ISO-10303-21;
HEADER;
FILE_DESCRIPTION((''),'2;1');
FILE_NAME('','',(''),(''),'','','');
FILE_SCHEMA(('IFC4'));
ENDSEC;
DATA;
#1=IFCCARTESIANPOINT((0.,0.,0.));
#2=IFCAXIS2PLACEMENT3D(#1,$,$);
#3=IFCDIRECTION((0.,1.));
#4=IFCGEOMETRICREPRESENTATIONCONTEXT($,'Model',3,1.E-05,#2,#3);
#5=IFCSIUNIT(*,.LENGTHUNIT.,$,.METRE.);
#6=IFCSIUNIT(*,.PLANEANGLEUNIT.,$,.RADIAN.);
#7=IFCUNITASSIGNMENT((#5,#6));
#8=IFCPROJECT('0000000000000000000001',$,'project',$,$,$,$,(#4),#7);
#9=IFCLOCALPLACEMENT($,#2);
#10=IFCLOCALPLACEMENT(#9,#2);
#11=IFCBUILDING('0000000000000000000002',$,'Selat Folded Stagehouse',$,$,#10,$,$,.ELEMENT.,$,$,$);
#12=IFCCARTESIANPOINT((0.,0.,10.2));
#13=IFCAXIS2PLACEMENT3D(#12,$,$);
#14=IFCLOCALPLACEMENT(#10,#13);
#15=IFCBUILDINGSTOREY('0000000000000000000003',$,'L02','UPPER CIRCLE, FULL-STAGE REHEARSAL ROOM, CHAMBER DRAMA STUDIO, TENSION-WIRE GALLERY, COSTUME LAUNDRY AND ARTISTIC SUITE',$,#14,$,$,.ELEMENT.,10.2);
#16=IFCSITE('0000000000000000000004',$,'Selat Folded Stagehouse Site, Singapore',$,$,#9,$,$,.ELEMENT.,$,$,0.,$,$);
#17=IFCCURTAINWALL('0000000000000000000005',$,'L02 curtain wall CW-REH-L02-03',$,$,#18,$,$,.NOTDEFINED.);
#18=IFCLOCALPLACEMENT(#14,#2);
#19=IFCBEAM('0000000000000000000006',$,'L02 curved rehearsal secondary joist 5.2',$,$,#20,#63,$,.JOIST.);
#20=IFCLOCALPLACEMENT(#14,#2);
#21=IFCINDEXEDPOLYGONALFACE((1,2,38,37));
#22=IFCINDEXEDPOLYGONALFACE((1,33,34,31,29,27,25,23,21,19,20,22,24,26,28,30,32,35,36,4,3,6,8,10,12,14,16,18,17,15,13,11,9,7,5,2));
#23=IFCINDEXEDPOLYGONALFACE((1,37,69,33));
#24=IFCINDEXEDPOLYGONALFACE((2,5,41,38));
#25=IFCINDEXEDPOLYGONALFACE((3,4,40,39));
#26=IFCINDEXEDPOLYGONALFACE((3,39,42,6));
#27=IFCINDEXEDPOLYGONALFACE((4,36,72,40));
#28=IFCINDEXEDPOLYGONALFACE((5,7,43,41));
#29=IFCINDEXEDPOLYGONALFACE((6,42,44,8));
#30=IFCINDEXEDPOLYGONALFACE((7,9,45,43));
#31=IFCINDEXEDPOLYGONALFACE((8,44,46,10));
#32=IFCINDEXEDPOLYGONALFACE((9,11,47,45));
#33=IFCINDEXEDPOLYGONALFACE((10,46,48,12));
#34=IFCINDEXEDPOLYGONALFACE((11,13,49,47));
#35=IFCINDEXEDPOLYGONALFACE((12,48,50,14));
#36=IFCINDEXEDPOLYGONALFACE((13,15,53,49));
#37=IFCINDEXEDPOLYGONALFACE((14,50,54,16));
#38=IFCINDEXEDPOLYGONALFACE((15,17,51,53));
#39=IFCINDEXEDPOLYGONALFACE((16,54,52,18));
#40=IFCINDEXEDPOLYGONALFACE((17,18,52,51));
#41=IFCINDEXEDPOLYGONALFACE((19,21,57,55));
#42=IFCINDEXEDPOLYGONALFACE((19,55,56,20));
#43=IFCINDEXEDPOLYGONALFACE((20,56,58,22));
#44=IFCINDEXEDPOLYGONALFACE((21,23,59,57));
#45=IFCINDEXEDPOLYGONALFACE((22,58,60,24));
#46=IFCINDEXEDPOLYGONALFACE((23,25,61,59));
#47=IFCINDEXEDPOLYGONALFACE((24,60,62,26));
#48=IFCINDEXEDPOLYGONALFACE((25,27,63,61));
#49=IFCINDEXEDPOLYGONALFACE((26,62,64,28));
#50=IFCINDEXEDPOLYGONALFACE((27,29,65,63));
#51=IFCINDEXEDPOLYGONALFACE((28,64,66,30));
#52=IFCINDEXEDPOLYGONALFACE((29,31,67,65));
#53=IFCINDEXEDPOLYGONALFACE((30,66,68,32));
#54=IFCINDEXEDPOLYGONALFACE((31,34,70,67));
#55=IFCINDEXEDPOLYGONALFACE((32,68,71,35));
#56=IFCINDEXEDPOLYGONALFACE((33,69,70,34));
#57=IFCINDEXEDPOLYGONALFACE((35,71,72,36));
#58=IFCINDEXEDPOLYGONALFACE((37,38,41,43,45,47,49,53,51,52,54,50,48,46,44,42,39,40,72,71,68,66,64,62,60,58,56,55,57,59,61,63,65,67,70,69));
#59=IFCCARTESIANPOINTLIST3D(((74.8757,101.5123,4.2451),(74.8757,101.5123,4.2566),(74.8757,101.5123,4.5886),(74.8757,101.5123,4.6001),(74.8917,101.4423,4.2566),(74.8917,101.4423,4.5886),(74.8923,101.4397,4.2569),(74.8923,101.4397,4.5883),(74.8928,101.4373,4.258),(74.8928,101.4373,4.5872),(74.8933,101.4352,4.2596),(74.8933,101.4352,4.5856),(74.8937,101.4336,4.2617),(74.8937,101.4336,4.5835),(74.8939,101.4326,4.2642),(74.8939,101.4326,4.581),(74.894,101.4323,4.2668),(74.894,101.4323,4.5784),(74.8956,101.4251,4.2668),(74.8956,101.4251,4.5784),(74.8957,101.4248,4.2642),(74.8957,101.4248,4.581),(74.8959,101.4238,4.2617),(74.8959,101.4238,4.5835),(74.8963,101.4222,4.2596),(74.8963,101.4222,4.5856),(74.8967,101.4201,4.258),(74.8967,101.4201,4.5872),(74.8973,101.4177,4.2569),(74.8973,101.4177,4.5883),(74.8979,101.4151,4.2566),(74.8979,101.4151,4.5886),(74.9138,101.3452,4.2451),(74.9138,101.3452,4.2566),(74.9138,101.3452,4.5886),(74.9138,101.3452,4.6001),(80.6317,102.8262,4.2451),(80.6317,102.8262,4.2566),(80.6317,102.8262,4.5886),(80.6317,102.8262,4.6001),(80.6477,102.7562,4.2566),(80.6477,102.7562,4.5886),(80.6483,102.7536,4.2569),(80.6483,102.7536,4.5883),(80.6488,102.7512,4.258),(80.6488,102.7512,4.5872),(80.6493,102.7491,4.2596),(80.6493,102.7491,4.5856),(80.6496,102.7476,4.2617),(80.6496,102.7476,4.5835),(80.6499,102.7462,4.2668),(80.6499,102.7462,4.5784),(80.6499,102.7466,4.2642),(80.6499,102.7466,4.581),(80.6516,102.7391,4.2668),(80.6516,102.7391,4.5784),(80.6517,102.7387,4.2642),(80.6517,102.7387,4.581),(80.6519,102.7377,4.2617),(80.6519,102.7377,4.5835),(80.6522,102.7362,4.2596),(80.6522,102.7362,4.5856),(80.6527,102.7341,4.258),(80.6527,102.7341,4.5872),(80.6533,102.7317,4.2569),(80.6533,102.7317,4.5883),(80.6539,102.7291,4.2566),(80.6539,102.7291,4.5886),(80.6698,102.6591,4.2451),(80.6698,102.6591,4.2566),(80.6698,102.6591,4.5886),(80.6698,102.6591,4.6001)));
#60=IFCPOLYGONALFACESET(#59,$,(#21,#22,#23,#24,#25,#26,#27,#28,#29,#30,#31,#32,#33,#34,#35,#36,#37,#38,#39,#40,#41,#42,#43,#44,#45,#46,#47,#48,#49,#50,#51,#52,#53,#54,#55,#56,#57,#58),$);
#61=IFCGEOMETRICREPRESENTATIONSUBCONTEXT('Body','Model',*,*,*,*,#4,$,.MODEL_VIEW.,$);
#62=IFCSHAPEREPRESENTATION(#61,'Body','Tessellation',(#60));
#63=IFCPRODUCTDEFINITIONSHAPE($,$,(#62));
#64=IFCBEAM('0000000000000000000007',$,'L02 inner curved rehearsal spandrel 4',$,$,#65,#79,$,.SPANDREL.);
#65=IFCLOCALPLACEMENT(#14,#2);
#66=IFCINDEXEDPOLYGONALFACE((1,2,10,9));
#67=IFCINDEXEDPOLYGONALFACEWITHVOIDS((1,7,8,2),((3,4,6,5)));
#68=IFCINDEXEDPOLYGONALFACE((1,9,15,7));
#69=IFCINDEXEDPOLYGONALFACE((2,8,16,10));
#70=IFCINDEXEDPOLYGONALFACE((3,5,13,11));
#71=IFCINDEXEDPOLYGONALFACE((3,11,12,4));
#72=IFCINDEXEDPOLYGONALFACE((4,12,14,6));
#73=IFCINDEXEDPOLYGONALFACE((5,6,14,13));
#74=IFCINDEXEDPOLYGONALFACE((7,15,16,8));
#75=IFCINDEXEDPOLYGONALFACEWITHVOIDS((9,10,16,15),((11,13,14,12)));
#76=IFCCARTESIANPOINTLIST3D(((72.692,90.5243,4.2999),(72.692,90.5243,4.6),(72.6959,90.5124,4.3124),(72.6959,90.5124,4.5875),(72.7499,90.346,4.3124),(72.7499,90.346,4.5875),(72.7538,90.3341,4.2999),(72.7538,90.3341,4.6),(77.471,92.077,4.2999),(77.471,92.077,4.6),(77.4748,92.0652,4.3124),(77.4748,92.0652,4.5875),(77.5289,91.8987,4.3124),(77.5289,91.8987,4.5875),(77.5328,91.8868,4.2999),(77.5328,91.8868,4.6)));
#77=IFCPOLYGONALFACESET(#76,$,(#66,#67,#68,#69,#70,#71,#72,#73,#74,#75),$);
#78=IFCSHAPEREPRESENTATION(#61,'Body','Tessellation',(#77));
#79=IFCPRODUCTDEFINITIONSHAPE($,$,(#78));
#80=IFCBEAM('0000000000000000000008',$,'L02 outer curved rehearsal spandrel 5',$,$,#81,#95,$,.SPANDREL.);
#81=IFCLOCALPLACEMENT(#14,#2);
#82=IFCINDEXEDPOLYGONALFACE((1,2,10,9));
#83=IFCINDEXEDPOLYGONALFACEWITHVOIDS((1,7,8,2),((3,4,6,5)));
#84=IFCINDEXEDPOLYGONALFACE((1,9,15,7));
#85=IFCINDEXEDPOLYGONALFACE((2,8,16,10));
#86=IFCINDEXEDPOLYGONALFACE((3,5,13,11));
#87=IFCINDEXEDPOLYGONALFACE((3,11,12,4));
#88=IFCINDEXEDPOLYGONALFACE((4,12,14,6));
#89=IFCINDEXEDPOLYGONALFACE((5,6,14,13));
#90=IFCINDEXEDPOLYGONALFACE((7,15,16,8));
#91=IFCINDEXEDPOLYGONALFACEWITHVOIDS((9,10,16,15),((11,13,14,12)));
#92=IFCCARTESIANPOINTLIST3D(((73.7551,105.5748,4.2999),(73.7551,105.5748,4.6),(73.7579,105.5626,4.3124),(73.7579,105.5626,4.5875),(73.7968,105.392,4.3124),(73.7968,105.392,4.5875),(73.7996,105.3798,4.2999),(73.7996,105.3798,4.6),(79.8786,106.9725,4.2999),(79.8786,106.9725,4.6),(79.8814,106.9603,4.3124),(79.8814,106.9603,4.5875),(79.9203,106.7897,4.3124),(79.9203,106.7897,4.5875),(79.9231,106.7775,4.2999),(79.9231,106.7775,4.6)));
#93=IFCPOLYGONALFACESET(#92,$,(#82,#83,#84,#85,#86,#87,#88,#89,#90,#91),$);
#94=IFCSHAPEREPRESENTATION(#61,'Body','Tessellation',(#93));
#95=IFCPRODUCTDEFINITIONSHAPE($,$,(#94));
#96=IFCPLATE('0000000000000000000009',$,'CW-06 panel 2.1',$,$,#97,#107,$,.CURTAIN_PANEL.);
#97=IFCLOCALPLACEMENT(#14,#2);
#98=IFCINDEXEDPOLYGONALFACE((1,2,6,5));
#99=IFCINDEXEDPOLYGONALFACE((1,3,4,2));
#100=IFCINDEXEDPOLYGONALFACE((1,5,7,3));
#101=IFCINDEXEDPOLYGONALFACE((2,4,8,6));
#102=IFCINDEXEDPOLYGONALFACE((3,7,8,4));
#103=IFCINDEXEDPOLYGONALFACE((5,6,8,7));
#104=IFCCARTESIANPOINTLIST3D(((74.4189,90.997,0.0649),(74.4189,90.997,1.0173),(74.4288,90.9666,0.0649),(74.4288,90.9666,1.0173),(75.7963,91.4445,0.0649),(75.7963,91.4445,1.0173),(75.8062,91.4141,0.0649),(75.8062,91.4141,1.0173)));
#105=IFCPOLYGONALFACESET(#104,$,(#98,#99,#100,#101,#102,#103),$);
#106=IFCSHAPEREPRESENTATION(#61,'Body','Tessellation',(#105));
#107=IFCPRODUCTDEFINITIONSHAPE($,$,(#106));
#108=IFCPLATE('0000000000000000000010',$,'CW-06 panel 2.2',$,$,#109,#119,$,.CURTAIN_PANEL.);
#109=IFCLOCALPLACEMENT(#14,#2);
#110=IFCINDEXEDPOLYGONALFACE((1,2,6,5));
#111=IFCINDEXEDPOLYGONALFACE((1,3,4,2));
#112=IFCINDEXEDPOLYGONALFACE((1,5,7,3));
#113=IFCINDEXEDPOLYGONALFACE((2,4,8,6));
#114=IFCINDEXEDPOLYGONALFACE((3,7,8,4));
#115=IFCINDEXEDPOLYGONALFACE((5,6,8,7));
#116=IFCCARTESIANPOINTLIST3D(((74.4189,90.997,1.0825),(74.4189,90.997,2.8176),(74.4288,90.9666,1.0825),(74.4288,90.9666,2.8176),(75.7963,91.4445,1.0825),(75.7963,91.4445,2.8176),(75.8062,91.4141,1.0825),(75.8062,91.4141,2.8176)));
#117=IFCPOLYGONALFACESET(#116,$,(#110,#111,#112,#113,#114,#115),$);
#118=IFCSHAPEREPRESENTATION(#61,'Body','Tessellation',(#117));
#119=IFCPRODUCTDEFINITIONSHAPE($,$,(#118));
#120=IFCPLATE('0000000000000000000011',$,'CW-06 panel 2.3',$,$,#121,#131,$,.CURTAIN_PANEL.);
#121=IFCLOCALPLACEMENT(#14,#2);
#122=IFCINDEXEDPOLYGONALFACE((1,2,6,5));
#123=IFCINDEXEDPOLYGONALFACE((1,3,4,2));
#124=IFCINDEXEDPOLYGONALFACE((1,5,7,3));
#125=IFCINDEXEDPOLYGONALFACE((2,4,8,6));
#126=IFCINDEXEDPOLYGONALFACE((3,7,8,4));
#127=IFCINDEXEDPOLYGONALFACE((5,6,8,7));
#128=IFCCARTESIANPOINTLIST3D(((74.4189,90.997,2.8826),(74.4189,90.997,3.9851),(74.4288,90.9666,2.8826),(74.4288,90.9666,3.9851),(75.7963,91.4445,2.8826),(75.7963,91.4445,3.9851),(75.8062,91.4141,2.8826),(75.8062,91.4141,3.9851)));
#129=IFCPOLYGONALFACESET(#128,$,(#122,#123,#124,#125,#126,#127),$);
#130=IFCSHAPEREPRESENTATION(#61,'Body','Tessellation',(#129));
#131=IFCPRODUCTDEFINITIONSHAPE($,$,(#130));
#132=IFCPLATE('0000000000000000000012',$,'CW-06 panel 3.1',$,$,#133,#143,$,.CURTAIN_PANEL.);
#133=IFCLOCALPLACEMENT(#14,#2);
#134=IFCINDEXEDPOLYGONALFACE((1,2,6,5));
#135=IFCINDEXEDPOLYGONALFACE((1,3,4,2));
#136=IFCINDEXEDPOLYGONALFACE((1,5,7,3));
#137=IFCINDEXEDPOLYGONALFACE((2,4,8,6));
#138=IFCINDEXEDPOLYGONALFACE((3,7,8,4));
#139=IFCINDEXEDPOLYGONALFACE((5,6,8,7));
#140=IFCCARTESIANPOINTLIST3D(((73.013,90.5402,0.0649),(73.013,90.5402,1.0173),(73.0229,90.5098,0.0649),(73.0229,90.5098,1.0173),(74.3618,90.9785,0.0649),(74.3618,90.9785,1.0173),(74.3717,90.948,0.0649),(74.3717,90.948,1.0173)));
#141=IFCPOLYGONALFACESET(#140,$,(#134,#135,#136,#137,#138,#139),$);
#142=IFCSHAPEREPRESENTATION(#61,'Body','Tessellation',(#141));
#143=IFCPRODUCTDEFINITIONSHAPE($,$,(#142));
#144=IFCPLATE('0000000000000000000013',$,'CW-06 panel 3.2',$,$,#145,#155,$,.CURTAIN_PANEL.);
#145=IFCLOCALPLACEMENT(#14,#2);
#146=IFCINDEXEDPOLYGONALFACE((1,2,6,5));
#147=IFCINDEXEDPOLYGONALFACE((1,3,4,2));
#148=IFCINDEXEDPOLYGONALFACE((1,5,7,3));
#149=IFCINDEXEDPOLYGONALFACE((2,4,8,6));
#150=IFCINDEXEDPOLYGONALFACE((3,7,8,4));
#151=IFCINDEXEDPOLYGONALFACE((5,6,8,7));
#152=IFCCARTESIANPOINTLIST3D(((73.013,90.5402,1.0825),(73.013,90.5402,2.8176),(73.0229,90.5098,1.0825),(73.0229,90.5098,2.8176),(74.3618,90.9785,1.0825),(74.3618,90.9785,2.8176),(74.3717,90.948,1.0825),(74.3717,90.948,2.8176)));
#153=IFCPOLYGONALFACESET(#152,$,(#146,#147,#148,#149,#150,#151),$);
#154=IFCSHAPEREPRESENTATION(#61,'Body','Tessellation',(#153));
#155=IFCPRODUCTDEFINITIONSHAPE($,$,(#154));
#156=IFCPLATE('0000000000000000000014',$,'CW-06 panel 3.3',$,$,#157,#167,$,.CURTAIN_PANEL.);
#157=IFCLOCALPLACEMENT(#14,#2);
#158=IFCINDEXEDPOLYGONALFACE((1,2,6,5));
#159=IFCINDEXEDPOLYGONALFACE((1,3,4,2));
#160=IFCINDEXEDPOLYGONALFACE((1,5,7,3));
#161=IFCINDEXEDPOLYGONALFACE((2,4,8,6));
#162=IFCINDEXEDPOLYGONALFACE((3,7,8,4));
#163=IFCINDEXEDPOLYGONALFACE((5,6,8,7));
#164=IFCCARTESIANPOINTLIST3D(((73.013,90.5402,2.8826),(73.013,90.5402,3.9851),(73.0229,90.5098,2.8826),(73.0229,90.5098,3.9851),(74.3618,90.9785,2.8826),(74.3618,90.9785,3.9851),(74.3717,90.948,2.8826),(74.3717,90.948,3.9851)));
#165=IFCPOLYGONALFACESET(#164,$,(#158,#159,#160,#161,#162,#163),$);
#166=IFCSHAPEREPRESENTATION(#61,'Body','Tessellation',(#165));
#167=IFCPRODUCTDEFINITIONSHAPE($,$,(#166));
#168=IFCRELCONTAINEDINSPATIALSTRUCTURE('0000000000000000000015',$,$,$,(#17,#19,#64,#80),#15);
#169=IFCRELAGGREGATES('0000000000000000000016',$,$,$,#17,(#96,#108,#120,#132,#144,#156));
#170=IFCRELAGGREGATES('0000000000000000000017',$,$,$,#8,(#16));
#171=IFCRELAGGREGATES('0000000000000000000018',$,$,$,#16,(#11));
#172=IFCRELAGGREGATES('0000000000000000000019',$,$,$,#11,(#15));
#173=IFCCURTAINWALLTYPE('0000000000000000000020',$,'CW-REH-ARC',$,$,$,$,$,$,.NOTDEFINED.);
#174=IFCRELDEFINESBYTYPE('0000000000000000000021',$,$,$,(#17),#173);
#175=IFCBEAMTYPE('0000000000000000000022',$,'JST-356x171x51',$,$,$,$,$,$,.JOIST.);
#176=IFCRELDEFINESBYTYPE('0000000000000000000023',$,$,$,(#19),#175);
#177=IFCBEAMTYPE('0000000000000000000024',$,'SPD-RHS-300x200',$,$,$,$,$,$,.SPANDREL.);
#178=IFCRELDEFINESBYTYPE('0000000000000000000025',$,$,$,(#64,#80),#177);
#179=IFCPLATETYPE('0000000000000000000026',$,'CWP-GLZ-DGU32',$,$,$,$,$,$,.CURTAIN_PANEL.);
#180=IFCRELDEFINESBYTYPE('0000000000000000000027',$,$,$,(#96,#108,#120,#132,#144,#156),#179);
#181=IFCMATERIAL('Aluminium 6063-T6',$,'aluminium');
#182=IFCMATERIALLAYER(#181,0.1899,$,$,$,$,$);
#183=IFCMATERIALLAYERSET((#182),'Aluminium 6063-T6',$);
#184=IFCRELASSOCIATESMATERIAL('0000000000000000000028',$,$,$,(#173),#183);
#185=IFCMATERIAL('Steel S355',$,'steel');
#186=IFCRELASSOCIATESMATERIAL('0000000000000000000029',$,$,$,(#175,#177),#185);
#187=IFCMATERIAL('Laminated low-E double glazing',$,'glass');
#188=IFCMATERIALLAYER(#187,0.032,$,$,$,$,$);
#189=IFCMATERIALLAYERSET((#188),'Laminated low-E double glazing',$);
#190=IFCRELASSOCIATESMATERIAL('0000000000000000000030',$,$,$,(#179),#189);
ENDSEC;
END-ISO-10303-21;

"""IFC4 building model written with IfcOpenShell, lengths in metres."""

from ifc_helpers import new_model, si_unit, direction, frame, origin, origin_2d, place, context, subcontext, project, spatial, rectangle, hollow_rectangle, i_section, extrude, material, layer, layer_set, material_profile, profile_set, type_object, element, aggregate, save


model = new_model("IFC4")

# Units and contexts
model_context = context("Model", 3, precision=1e-05, world=origin(), true_north=direction((0.0, 1.0)))
body_context = subcontext(model_context, "Body", "Model", "MODEL_VIEW")
ifc_project = project(units=[si_unit("LENGTHUNIT", "METRE"), si_unit("PLANEANGLEUNIT", "RADIAN")], contexts=[model_context])

# Site, building, storey
site_placement = place(None, origin())
site = spatial("IfcSite", under=ifc_project, at=site_placement, Name="Selat Folded Stagehouse Site, Singapore", CompositionType="ELEMENT", RefElevation=0.0)
building_placement = place(site_placement, origin())
building = spatial("IfcBuilding", under=site, at=building_placement, Name="Selat Folded Stagehouse", CompositionType="ELEMENT")
storey_placement = place(building_placement, frame((0.0, 0.0, 10.2)))
storey = spatial("IfcBuildingStorey", under=building, at=storey_placement, Name="L02", Description="UPPER CIRCLE, FULL-STAGE REHEARSAL ROOM, CHAMBER DRAMA STUDIO, TENSION-WIRE GALLERY, COSTUME LAUNDRY AND ARTISTIC SUITE", CompositionType="ELEMENT", Elevation=10.2)

# Shared definitions
ifc_material_1 = material(Name="Steel S355", Category="steel")

# Shared definitions
ifc_material_2 = material(Name="Aluminium 6063-T6", Category="aluminium")
ifc_layer_1 = layer(ifc_material_2, 0.1899)
ifc_layer_set_1 = layer_set([ifc_layer_1], Name="Aluminium 6063-T6")
curtain_wall_type = type_object("IfcCurtainWallType", Name="CW-REH-ARC", PredefinedType="NOTDEFINED", material=ifc_layer_set_1)

# Curtain wall
curtain_wall_1_placement = place(storey_placement, origin())
curtain_wall_1 = element("IfcCurtainWall", 1, at=curtain_wall_1_placement, inside=storey, type_object=curtain_wall_type, Name="L02 curtain wall CW-REH-L02-03", PredefinedType="NOTDEFINED")

# Beams
ifc_material_profile_1 = material_profile(ifc_material_1, i_section(OverallWidth=0.1714, OverallDepth=0.355, WebThickness=0.0073, FlangeThickness=0.0115, FilletRadius=0.0103, at=origin_2d()), Name="UKB 356x171x51")
ifc_profile_set_1 = profile_set([ifc_material_profile_1], Name="Steel S355")
beam_type_1 = type_object("IfcBeamType", Name="JST-356x171x51", PredefinedType="JOIST", material=ifc_profile_set_1)
beam_1_placement = place(storey_placement, frame((74.8948, 101.4287, 4.4226), z_axis=(0.974922, 0.222549, 0.0), x_axis=(-0.222549, 0.974922, 0.0)))
element("IfcBeam", 2, at=beam_1_placement, inside=storey, type_object=beam_type_1, Name="L02 curved rehearsal secondary joist 5.2", PredefinedType="JOIST", context=body_context, shape_type="SweptSolid", body=[
    extrude(i_section(OverallWidth=0.1714, OverallDepth=0.355, WebThickness=0.0073, FlangeThickness=0.0115, FilletRadius=0.0103, at=origin_2d()), origin(), (0.0, 0.0, 1.0), 5.9041),
])
ifc_material_profile_2 = material_profile(ifc_material_1, hollow_rectangle(XDim=0.2, YDim=0.3, WallThickness=0.0125, at=origin_2d()), Name="RHS 300x200x12.5")
ifc_profile_set_2 = profile_set([ifc_material_profile_2], Name="Steel S355")
beam_type_2 = type_object("IfcBeamType", Name="SPD-RHS-300x200", PredefinedType="SPANDREL", material=ifc_profile_set_2)
beam_2_placement = place(storey_placement, frame((72.7229, 90.4292, 4.45), z_axis=(0.951061, 0.309004, 0.0), x_axis=(-0.309004, 0.951061, 0.0)))
element("IfcBeam", 3, at=beam_2_placement, inside=storey, type_object=beam_type_2, Name="L02 inner curved rehearsal spandrel 4", PredefinedType="SPANDREL", context=body_context, shape_type="SweptSolid", body=[
    extrude(hollow_rectangle(XDim=0.2, YDim=0.3, WallThickness=0.0125, at=origin_2d()), origin(), (0.0, 0.0, 1.0), 5.0249),
])
beam_3_placement = place(storey_placement, frame((73.7773, 105.4773, 4.45), z_axis=(0.974926, 0.222528, 0.0), x_axis=(-0.222528, 0.974926, 0.0)))
element("IfcBeam", 4, at=beam_3_placement, inside=storey, type_object=beam_type_2, Name="L02 outer curved rehearsal spandrel 5", PredefinedType="SPANDREL", context=body_context, shape_type="SweptSolid", body=[
    extrude(hollow_rectangle(XDim=0.2, YDim=0.3, WallThickness=0.0125, at=origin_2d()), origin(), (0.0, 0.0, 1.0), 6.281),
])

# Plates
ifc_material_3 = material(Name="Laminated low-E double glazing", Category="glass")
ifc_layer_2 = layer(ifc_material_3, 0.032)
ifc_layer_set_2 = layer_set([ifc_layer_2], Name="Laminated low-E double glazing")
plate_type = type_object("IfcPlateType", Name="CWP-GLZ-DGU32", PredefinedType="CURTAIN_PANEL", material=ifc_layer_set_2)
plate_1_placement = place(storey_placement, frame((75.1125, 91.2056, 0.0649), z_axis=(0.0, 0.0, 1.0), x_axis=(-0.951065, -0.308992, 0.0)))
plate_1 = element("IfcPlate", 5, at=plate_1_placement, type_object=plate_type, Name="CW-06 panel 2.1", PredefinedType="CURTAIN_PANEL", context=body_context, shape_type="SweptSolid", body=[
    extrude(rectangle(XDim=1.4482, YDim=0.032, at=origin_2d()), origin(), (0.0, 0.0, 1.0), 0.9524),
])
plate_2_placement = place(storey_placement, frame((75.1125, 91.2056, 1.0825), z_axis=(0.0, 0.0, 1.0), x_axis=(-0.951065, -0.308992, 0.0)))
plate_2 = element("IfcPlate", 6, at=plate_2_placement, type_object=plate_type, Name="CW-06 panel 2.2", PredefinedType="CURTAIN_PANEL", context=body_context, shape_type="SweptSolid", body=[
    extrude(rectangle(XDim=1.4482, YDim=0.032, at=origin_2d()), origin(), (0.0, 0.0, 1.0), 1.7351),
])
plate_3_placement = place(storey_placement, frame((75.1125, 91.2056, 2.8826), z_axis=(0.0, 0.0, 1.0), x_axis=(-0.951065, -0.308992, 0.0)))
plate_3 = element("IfcPlate", 7, at=plate_3_placement, type_object=plate_type, Name="CW-06 panel 2.3", PredefinedType="CURTAIN_PANEL", context=body_context, shape_type="SweptSolid", body=[
    extrude(rectangle(XDim=1.4482, YDim=0.032, at=origin_2d()), origin(), (0.0, 0.0, 1.0), 1.1025),
])
plate_4_placement = place(storey_placement, frame((73.6924, 90.7441, 0.0649), z_axis=(0.0, 0.0, 1.0), x_axis=(-0.951065, -0.308992, 0.0)))
plate_4 = element("IfcPlate", 8, at=plate_4_placement, type_object=plate_type, Name="CW-06 panel 3.1", PredefinedType="CURTAIN_PANEL", context=body_context, shape_type="SweptSolid", body=[
    extrude(rectangle(XDim=1.4182, YDim=0.032, at=origin_2d()), origin(), (0.0, 0.0, 1.0), 0.9524),
])
plate_5_placement = place(storey_placement, frame((73.6924, 90.7441, 1.0825), z_axis=(0.0, 0.0, 1.0), x_axis=(-0.951065, -0.308992, 0.0)))
plate_5 = element("IfcPlate", 9, at=plate_5_placement, type_object=plate_type, Name="CW-06 panel 3.2", PredefinedType="CURTAIN_PANEL", context=body_context, shape_type="SweptSolid", body=[
    extrude(rectangle(XDim=1.4182, YDim=0.032, at=origin_2d()), origin(), (0.0, 0.0, 1.0), 1.7351),
])
plate_6_placement = place(storey_placement, frame((73.6924, 90.7441, 2.8826), z_axis=(0.0, 0.0, 1.0), x_axis=(-0.951065, -0.308992, 0.0)))
plate_6 = element("IfcPlate", 10, at=plate_6_placement, type_object=plate_type, Name="CW-06 panel 3.3", PredefinedType="CURTAIN_PANEL", context=body_context, shape_type="SweptSolid", body=[
    extrude(rectangle(XDim=1.4182, YDim=0.032, at=origin_2d()), origin(), (0.0, 0.0, 1.0), 1.1025),
])
aggregate(curtain_wall_1, [plate_1, plate_2, plate_3, plate_4, plate_5, plate_6])

save(model, "model.ifc")
